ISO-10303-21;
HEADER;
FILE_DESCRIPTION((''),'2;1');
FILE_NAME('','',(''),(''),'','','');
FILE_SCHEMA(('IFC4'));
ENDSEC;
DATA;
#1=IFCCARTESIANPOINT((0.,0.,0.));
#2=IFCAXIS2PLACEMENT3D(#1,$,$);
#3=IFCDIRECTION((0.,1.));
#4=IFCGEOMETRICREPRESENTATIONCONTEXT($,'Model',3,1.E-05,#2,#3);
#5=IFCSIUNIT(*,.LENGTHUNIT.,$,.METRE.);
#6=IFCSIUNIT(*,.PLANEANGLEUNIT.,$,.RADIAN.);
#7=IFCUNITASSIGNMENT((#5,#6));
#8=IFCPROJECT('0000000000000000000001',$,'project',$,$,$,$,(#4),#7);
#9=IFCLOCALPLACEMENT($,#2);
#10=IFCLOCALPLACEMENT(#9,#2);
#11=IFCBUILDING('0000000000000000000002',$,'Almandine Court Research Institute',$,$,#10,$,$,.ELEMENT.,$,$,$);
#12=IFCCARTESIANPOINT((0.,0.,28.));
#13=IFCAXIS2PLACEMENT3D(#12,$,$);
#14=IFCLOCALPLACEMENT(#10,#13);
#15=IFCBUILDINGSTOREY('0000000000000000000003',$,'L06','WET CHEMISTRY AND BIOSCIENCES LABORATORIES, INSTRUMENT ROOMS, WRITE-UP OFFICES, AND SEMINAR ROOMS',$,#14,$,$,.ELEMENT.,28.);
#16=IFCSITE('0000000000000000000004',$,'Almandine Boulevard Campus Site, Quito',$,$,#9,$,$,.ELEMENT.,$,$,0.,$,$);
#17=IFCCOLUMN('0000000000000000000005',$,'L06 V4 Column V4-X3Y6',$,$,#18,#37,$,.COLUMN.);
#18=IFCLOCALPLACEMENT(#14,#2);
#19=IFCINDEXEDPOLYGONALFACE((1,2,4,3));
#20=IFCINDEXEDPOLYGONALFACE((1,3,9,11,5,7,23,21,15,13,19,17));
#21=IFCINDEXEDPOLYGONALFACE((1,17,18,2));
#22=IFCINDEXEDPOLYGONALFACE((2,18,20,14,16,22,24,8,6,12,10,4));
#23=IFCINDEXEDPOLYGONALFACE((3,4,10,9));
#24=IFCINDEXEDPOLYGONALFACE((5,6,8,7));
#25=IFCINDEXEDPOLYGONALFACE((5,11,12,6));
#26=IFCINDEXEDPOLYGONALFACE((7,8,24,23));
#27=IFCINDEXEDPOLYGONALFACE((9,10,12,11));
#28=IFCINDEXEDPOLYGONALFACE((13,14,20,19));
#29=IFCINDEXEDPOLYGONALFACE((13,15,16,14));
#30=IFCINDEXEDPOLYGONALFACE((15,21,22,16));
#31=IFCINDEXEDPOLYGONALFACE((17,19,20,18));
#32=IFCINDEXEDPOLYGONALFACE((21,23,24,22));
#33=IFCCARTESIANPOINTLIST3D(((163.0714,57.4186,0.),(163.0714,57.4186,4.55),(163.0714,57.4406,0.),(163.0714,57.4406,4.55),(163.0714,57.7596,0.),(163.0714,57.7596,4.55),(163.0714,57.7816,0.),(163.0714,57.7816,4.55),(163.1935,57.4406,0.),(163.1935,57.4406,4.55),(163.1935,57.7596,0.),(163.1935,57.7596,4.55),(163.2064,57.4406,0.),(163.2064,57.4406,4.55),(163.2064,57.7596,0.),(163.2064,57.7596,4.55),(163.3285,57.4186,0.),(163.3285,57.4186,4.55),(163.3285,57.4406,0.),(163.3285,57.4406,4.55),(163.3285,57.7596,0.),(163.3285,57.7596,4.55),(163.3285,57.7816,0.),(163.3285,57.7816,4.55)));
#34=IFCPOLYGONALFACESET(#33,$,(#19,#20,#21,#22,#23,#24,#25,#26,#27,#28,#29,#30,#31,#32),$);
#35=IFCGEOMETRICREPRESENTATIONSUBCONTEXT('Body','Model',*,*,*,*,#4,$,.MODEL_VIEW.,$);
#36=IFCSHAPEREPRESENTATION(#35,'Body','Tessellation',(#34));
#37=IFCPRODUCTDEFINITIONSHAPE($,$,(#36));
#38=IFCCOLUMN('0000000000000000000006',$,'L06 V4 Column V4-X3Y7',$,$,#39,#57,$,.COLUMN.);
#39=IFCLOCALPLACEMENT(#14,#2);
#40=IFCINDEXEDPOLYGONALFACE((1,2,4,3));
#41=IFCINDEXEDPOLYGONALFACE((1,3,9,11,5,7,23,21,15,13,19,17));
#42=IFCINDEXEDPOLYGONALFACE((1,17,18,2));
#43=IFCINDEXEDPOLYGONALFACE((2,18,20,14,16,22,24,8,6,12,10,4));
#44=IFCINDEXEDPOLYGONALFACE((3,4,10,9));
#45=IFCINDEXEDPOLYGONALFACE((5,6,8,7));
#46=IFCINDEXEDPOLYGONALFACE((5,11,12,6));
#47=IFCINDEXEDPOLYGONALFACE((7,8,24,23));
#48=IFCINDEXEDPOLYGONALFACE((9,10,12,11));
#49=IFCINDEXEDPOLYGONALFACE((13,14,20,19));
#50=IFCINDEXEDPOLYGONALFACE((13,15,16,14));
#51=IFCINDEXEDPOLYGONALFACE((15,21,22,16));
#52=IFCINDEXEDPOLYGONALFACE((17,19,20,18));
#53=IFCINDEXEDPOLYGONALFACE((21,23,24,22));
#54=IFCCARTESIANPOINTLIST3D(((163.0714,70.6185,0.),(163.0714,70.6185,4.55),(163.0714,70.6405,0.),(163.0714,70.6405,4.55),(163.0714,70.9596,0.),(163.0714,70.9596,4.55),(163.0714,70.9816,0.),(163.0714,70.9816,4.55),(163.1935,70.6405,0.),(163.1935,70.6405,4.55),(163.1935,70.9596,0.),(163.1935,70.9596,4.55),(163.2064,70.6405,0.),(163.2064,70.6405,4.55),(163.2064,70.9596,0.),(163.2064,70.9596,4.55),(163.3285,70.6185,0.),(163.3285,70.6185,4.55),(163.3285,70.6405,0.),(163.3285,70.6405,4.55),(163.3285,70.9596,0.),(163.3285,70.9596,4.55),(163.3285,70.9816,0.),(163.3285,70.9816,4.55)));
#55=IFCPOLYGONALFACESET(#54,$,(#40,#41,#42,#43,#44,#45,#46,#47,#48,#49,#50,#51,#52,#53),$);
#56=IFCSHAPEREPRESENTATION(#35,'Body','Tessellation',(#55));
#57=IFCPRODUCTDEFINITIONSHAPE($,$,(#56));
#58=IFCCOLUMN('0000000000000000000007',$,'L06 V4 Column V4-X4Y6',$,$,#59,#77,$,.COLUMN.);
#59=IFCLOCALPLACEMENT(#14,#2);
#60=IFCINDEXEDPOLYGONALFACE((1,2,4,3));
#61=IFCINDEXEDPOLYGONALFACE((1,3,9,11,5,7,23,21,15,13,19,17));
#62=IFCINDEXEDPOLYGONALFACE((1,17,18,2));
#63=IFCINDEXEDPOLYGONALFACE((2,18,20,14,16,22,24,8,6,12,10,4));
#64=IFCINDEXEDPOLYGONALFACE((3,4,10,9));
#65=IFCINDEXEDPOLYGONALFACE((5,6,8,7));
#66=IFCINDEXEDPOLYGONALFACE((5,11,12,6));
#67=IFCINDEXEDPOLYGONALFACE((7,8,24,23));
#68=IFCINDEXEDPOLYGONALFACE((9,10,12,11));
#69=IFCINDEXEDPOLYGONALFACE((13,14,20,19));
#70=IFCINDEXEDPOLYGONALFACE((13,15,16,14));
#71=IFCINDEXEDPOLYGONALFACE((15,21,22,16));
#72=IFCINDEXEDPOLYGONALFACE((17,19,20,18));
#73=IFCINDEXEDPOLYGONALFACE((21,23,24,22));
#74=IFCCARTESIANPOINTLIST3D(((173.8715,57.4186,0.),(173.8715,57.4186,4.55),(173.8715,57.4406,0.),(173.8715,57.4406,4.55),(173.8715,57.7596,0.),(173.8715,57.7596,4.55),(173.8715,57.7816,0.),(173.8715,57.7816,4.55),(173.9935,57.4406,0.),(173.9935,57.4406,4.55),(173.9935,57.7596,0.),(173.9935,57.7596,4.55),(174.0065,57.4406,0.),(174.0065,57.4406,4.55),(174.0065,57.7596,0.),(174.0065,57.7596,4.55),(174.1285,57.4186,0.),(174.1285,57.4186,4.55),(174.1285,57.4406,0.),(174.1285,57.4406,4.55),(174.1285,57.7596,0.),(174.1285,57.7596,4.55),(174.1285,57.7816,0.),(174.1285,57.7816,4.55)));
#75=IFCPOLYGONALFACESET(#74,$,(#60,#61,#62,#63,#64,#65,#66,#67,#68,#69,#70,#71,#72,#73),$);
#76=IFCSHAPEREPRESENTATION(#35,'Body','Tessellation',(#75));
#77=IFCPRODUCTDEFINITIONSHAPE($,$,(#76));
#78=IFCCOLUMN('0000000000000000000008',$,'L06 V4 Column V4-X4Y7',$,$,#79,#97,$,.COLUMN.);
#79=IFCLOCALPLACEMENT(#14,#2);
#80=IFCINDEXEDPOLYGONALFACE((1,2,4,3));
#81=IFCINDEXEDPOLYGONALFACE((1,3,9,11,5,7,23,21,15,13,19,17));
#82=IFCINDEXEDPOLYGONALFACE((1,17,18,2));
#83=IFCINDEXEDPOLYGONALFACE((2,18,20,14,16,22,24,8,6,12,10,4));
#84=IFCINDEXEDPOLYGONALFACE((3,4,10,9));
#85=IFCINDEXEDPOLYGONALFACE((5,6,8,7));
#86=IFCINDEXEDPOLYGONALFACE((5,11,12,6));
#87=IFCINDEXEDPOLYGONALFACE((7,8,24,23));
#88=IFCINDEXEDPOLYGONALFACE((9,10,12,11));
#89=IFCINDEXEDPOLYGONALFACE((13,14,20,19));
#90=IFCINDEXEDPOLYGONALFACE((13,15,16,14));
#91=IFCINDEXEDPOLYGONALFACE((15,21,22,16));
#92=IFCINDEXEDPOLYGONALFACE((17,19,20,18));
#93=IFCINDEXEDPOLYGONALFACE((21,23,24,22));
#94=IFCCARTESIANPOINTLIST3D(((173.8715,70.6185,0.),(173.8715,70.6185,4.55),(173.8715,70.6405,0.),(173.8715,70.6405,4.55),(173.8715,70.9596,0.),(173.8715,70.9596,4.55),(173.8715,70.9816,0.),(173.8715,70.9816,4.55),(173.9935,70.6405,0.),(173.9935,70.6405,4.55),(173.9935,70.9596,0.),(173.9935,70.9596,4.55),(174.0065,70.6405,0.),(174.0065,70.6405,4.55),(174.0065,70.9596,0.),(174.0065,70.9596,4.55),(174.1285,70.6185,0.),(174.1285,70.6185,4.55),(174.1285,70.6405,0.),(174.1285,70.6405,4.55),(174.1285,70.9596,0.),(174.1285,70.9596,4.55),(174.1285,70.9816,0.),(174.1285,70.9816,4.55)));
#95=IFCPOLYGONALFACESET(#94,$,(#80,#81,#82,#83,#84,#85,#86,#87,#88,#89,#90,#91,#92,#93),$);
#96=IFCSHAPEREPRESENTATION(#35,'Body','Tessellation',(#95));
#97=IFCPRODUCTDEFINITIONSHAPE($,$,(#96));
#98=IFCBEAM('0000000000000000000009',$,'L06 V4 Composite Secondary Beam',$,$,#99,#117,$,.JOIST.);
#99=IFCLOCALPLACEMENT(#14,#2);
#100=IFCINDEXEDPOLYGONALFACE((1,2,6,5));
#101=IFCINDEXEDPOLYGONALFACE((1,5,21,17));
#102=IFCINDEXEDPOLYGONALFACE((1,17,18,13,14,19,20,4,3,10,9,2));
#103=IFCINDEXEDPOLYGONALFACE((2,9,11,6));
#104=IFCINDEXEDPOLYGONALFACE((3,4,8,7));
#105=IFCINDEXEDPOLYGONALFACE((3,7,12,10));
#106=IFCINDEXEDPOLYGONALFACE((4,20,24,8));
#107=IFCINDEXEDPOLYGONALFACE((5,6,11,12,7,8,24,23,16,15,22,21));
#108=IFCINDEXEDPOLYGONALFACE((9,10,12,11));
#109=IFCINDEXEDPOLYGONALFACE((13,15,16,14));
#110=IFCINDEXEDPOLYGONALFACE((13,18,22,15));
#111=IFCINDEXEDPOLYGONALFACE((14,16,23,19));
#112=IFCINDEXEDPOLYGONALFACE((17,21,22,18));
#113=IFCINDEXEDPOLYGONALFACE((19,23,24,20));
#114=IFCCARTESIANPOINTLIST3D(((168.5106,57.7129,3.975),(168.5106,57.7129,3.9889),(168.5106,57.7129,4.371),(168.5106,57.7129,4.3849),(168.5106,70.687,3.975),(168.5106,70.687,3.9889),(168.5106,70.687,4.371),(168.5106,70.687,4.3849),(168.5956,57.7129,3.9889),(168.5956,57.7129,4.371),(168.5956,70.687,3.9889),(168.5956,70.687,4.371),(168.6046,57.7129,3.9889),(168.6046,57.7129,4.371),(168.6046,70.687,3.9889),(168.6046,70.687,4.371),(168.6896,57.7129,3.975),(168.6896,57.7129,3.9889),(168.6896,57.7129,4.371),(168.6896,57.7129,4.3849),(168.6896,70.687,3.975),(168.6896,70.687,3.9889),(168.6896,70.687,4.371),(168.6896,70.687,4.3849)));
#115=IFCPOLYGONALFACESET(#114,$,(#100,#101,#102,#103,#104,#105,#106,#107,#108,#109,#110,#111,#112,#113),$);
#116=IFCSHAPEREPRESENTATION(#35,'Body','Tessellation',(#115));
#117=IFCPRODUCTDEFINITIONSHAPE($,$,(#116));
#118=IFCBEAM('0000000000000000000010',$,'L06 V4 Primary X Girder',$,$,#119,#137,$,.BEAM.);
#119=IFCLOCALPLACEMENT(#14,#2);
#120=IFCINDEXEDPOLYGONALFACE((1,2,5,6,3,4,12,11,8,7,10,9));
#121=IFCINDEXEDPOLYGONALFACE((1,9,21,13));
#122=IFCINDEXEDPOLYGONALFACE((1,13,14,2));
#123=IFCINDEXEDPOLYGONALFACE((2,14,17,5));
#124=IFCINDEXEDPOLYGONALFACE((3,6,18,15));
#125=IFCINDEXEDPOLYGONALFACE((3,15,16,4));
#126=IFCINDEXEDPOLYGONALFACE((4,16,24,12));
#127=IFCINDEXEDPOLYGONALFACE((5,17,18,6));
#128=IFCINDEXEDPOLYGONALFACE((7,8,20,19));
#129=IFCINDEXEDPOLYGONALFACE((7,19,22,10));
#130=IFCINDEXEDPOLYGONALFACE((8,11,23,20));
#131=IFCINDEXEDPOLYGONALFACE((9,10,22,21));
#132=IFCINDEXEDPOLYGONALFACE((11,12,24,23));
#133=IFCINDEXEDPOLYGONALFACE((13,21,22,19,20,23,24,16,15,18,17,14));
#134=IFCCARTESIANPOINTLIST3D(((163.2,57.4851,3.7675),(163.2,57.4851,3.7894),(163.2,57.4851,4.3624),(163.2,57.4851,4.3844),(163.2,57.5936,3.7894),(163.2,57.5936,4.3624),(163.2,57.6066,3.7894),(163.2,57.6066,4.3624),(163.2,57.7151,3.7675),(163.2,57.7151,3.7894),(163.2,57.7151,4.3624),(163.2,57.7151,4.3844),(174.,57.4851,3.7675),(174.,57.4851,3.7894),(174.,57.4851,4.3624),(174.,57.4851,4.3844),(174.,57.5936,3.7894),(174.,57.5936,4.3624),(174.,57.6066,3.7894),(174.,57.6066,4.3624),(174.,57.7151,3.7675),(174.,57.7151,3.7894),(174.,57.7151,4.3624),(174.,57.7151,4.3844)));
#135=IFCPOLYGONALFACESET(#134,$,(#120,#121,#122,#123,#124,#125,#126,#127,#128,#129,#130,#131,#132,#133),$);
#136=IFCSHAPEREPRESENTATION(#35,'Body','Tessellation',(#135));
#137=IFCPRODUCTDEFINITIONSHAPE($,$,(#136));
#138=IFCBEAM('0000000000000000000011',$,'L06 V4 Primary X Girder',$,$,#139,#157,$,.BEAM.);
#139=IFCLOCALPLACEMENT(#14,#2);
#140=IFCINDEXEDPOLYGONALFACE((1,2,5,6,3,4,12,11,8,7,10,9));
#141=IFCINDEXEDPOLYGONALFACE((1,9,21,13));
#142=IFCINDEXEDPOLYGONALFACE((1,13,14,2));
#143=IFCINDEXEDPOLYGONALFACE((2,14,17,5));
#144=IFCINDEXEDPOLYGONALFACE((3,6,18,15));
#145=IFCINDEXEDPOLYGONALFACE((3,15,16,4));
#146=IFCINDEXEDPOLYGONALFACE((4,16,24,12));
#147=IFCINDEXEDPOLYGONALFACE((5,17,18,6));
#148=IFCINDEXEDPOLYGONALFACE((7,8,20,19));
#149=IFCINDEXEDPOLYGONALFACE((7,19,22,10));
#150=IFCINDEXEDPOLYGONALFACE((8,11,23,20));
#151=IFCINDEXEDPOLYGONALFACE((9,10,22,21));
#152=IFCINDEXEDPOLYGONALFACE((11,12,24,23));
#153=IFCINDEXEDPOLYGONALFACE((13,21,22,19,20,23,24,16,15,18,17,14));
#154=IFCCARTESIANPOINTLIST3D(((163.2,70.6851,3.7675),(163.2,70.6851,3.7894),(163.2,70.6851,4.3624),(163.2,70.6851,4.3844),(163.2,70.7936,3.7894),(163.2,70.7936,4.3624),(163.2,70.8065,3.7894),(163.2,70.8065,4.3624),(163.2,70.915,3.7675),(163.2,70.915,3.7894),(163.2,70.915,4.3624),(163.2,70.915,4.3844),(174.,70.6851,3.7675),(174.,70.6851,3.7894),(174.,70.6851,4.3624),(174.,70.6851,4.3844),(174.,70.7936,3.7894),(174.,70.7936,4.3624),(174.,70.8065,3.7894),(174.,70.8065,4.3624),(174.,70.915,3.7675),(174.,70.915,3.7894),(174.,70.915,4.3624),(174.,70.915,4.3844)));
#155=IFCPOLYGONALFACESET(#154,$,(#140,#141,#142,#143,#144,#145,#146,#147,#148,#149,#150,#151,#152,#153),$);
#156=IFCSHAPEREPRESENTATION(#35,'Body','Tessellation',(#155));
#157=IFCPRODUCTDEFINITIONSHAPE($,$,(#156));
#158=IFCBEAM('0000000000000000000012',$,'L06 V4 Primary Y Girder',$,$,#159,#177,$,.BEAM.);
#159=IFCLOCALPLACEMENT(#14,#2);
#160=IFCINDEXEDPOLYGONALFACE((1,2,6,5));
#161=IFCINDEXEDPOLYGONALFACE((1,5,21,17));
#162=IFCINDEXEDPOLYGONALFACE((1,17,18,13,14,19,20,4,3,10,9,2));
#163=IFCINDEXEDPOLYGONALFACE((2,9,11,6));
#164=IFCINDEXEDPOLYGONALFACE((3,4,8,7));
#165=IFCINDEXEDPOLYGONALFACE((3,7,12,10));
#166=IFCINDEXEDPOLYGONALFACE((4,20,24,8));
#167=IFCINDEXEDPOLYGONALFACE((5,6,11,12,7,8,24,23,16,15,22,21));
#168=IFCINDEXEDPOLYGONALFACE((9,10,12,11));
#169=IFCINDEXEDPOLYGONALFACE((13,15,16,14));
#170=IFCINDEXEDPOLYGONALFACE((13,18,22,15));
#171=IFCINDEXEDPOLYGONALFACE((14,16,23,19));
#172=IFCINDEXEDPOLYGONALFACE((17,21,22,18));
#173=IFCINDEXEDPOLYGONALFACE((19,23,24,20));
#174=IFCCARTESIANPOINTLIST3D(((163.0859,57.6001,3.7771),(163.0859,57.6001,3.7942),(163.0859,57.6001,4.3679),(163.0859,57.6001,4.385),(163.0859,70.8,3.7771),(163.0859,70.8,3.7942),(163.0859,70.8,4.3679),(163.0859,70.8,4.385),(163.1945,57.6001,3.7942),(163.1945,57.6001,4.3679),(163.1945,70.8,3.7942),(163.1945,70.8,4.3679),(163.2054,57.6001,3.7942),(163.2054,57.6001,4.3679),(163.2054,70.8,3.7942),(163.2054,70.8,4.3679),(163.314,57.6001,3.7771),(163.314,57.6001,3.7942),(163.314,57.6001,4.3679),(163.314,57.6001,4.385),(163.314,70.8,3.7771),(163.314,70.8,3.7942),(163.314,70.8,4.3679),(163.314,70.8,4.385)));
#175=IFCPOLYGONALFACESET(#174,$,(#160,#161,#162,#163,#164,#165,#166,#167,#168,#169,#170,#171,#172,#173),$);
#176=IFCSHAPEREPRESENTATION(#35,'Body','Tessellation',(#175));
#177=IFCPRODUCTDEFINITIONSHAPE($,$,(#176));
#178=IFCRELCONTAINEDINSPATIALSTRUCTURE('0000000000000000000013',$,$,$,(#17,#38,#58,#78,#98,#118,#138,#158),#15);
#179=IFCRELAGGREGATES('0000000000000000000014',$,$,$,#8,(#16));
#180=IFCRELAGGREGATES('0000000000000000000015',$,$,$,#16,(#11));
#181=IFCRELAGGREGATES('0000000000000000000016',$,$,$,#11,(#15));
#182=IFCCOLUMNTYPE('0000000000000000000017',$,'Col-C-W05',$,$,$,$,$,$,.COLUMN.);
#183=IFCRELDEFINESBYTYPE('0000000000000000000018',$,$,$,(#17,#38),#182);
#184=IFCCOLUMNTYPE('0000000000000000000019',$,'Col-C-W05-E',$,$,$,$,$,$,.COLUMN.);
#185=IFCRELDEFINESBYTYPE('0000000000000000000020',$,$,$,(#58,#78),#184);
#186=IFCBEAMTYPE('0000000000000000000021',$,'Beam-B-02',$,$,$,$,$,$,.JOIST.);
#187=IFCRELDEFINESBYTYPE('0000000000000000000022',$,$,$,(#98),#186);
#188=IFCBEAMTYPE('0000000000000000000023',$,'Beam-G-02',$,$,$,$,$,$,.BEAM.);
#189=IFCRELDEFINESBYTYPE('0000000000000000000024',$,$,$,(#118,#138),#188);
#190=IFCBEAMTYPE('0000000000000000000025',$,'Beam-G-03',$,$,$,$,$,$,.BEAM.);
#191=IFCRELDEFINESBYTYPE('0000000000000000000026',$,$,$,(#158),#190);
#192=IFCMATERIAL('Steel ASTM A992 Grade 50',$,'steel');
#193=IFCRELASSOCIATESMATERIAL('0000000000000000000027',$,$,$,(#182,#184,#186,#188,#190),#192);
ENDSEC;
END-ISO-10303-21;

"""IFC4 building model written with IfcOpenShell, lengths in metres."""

from ifc_helpers import new_model, si_unit, direction, frame, origin, origin_2d, place, context, subcontext, project, spatial, i_section, extrude, material, material_profile, profile_set, type_object, element, save


model = new_model("IFC4")

# Units and contexts
model_context = context("Model", 3, precision=1e-05, world=origin(), true_north=direction((0.0, 1.0)))
body_context = subcontext(model_context, "Body", "Model", "MODEL_VIEW")
ifc_project = project(units=[si_unit("LENGTHUNIT", "METRE"), si_unit("PLANEANGLEUNIT", "RADIAN")], contexts=[model_context])

# Site, building, storey
site_placement = place(None, origin())
site = spatial("IfcSite", under=ifc_project, at=site_placement, Name="Almandine Boulevard Campus Site, Quito", CompositionType="ELEMENT", RefElevation=0.0)
building_placement = place(site_placement, origin())
building = spatial("IfcBuilding", under=site, at=building_placement, Name="Almandine Court Research Institute", CompositionType="ELEMENT")
storey_placement = place(building_placement, frame((0.0, 0.0, 28.0)))
storey = spatial("IfcBuildingStorey", under=building, at=storey_placement, Name="L06", Description="WET CHEMISTRY AND BIOSCIENCES LABORATORIES, INSTRUMENT ROOMS, WRITE-UP OFFICES, AND SEMINAR ROOMS", CompositionType="ELEMENT", Elevation=28.0)

# Columns
ifc_material_1 = material(Name="Steel ASTM A992 Grade 50", Category="steel")
ifc_material_profile_1 = material_profile(ifc_material_1, i_section(OverallWidth=0.2571, OverallDepth=0.363, WebThickness=0.0129, FlangeThickness=0.022, at=origin_2d()), Name="W360x122")
ifc_profile_set_1 = profile_set([ifc_material_profile_1], Name="Steel ASTM A992 Grade 50")
column_type_1 = type_object("IfcColumnType", Name="Col-C-W05", PredefinedType="COLUMN", material=ifc_profile_set_1)
for number, where, z_axis, x_axis, name in (
    (1, (163.2, 57.6001, 0.0), (0.0, 0.0, 1.0), (1.0, 0.0, 0.0), "L06 V4 Column V4-X3Y6"),
    (2, (163.2, 70.8, 0.0), (0.0, 0.0, 1.0), (1.0, 0.0, 0.0), "L06 V4 Column V4-X3Y7"),
):
    element("IfcColumn", number, at=place(storey_placement, frame(where, z_axis=z_axis, x_axis=x_axis)), inside=storey, type_object=column_type_1, Name=name, PredefinedType="COLUMN", context=body_context, shape_type="SweptSolid", body=[
        extrude(i_section(OverallWidth=0.2571, OverallDepth=0.363, WebThickness=0.0129, FlangeThickness=0.022, at=origin_2d()), origin(), (0.0, 0.0, 1.0), 4.55),
    ])
ifc_material_profile_2 = material_profile(ifc_material_1, i_section(OverallWidth=0.2571, OverallDepth=0.363, WebThickness=0.0129, FlangeThickness=0.022, at=origin_2d()), Name="W360x122")
ifc_profile_set_2 = profile_set([ifc_material_profile_2], Name="Steel ASTM A992 Grade 50")
column_type_2 = type_object("IfcColumnType", Name="Col-C-W05-E", PredefinedType="COLUMN", material=ifc_profile_set_2)
for number, where, z_axis, x_axis, name in (
    (3, (174.0, 57.6001, 0.0), (0.0, 0.0, 1.0), (1.0, 0.0, 0.0), "L06 V4 Column V4-X4Y6"),
    (4, (174.0, 70.8, 0.0), (0.0, 0.0, 1.0), (1.0, 0.0, 0.0), "L06 V4 Column V4-X4Y7"),
):
    element("IfcColumn", number, at=place(storey_placement, frame(where, z_axis=z_axis, x_axis=x_axis)), inside=storey, type_object=column_type_2, Name=name, PredefinedType="COLUMN", context=body_context, shape_type="SweptSolid", body=[
        extrude(i_section(OverallWidth=0.2571, OverallDepth=0.363, WebThickness=0.0129, FlangeThickness=0.022, at=origin_2d()), origin(), (0.0, 0.0, 1.0), 4.55),
    ])

# Beams
ifc_material_profile_3 = material_profile(ifc_material_1, i_section(OverallWidth=0.179, OverallDepth=0.4099, WebThickness=0.009, FlangeThickness=0.0139, at=origin_2d()), Name="W410x67")
ifc_profile_set_3 = profile_set([ifc_material_profile_3], Name="Steel ASTM A992 Grade 50")
beam_type_1 = type_object("IfcBeamType", Name="Beam-B-02", PredefinedType="JOIST", material=ifc_profile_set_3)
beam_1_placement = place(storey_placement, frame((168.6001, 57.7129, 4.1799), z_axis=(0.0, 1.0, 0.0), x_axis=(-1.0, 0.0, 0.0)))
element("IfcBeam", 5, at=beam_1_placement, inside=storey, type_object=beam_type_1, Name="L06 V4 Composite Secondary Beam", PredefinedType="JOIST", context=body_context, shape_type="SweptSolid", body=[
    extrude(i_section(OverallWidth=0.179, OverallDepth=0.4099, WebThickness=0.009, FlangeThickness=0.0139, at=origin_2d()), origin(), (0.0, 0.0, 1.0), 12.9741),
])
ifc_material_profile_4 = material_profile(ifc_material_1, i_section(OverallWidth=0.23, OverallDepth=0.6169, WebThickness=0.0129, FlangeThickness=0.022, at=origin_2d()), Name="W610x140")
ifc_profile_set_4 = profile_set([ifc_material_profile_4], Name="Steel ASTM A992 Grade 50")
beam_type_2 = type_object("IfcBeamType", Name="Beam-G-02", PredefinedType="BEAM", material=ifc_profile_set_4)
for number, where, z_axis, x_axis, name in (
    (6, (163.2, 57.6001, 4.0759), (1.0, 0.0, 0.0), (0.0, 1.0, 0.0), "L06 V4 Primary X Girder"),
    (7, (163.2, 70.8, 4.0759), (1.0, 0.0, 0.0), (0.0, 1.0, 0.0), "L06 V4 Primary X Girder"),
):
    element("IfcBeam", number, at=place(storey_placement, frame(where, z_axis=z_axis, x_axis=x_axis)), inside=storey, type_object=beam_type_2, Name=name, PredefinedType="BEAM", context=body_context, shape_type="SweptSolid", body=[
        extrude(i_section(OverallWidth=0.23, OverallDepth=0.6169, WebThickness=0.0129, FlangeThickness=0.022, at=origin_2d()), origin(), (0.0, 0.0, 1.0), 10.8),
    ])
ifc_material_profile_5 = material_profile(ifc_material_1, i_section(OverallWidth=0.228, OverallDepth=0.6079, WebThickness=0.011, FlangeThickness=0.0171, at=origin_2d()), Name="W610x113")
ifc_profile_set_5 = profile_set([ifc_material_profile_5], Name="Steel ASTM A992 Grade 50")
beam_type_3 = type_object("IfcBeamType", Name="Beam-G-03", PredefinedType="BEAM", material=ifc_profile_set_5)
beam_2_placement = place(storey_placement, frame((163.2, 57.6001, 4.0811), z_axis=(0.0, 1.0, 0.0), x_axis=(-1.0, 0.0, 0.0)))
element("IfcBeam", 8, at=beam_2_placement, inside=storey, type_object=beam_type_3, Name="L06 V4 Primary Y Girder", PredefinedType="BEAM", context=body_context, shape_type="SweptSolid", body=[
    extrude(i_section(OverallWidth=0.228, OverallDepth=0.6079, WebThickness=0.011, FlangeThickness=0.0171, at=origin_2d()), origin(), (0.0, 0.0, 1.0), 13.2),
])

save(model, "model.ifc")
